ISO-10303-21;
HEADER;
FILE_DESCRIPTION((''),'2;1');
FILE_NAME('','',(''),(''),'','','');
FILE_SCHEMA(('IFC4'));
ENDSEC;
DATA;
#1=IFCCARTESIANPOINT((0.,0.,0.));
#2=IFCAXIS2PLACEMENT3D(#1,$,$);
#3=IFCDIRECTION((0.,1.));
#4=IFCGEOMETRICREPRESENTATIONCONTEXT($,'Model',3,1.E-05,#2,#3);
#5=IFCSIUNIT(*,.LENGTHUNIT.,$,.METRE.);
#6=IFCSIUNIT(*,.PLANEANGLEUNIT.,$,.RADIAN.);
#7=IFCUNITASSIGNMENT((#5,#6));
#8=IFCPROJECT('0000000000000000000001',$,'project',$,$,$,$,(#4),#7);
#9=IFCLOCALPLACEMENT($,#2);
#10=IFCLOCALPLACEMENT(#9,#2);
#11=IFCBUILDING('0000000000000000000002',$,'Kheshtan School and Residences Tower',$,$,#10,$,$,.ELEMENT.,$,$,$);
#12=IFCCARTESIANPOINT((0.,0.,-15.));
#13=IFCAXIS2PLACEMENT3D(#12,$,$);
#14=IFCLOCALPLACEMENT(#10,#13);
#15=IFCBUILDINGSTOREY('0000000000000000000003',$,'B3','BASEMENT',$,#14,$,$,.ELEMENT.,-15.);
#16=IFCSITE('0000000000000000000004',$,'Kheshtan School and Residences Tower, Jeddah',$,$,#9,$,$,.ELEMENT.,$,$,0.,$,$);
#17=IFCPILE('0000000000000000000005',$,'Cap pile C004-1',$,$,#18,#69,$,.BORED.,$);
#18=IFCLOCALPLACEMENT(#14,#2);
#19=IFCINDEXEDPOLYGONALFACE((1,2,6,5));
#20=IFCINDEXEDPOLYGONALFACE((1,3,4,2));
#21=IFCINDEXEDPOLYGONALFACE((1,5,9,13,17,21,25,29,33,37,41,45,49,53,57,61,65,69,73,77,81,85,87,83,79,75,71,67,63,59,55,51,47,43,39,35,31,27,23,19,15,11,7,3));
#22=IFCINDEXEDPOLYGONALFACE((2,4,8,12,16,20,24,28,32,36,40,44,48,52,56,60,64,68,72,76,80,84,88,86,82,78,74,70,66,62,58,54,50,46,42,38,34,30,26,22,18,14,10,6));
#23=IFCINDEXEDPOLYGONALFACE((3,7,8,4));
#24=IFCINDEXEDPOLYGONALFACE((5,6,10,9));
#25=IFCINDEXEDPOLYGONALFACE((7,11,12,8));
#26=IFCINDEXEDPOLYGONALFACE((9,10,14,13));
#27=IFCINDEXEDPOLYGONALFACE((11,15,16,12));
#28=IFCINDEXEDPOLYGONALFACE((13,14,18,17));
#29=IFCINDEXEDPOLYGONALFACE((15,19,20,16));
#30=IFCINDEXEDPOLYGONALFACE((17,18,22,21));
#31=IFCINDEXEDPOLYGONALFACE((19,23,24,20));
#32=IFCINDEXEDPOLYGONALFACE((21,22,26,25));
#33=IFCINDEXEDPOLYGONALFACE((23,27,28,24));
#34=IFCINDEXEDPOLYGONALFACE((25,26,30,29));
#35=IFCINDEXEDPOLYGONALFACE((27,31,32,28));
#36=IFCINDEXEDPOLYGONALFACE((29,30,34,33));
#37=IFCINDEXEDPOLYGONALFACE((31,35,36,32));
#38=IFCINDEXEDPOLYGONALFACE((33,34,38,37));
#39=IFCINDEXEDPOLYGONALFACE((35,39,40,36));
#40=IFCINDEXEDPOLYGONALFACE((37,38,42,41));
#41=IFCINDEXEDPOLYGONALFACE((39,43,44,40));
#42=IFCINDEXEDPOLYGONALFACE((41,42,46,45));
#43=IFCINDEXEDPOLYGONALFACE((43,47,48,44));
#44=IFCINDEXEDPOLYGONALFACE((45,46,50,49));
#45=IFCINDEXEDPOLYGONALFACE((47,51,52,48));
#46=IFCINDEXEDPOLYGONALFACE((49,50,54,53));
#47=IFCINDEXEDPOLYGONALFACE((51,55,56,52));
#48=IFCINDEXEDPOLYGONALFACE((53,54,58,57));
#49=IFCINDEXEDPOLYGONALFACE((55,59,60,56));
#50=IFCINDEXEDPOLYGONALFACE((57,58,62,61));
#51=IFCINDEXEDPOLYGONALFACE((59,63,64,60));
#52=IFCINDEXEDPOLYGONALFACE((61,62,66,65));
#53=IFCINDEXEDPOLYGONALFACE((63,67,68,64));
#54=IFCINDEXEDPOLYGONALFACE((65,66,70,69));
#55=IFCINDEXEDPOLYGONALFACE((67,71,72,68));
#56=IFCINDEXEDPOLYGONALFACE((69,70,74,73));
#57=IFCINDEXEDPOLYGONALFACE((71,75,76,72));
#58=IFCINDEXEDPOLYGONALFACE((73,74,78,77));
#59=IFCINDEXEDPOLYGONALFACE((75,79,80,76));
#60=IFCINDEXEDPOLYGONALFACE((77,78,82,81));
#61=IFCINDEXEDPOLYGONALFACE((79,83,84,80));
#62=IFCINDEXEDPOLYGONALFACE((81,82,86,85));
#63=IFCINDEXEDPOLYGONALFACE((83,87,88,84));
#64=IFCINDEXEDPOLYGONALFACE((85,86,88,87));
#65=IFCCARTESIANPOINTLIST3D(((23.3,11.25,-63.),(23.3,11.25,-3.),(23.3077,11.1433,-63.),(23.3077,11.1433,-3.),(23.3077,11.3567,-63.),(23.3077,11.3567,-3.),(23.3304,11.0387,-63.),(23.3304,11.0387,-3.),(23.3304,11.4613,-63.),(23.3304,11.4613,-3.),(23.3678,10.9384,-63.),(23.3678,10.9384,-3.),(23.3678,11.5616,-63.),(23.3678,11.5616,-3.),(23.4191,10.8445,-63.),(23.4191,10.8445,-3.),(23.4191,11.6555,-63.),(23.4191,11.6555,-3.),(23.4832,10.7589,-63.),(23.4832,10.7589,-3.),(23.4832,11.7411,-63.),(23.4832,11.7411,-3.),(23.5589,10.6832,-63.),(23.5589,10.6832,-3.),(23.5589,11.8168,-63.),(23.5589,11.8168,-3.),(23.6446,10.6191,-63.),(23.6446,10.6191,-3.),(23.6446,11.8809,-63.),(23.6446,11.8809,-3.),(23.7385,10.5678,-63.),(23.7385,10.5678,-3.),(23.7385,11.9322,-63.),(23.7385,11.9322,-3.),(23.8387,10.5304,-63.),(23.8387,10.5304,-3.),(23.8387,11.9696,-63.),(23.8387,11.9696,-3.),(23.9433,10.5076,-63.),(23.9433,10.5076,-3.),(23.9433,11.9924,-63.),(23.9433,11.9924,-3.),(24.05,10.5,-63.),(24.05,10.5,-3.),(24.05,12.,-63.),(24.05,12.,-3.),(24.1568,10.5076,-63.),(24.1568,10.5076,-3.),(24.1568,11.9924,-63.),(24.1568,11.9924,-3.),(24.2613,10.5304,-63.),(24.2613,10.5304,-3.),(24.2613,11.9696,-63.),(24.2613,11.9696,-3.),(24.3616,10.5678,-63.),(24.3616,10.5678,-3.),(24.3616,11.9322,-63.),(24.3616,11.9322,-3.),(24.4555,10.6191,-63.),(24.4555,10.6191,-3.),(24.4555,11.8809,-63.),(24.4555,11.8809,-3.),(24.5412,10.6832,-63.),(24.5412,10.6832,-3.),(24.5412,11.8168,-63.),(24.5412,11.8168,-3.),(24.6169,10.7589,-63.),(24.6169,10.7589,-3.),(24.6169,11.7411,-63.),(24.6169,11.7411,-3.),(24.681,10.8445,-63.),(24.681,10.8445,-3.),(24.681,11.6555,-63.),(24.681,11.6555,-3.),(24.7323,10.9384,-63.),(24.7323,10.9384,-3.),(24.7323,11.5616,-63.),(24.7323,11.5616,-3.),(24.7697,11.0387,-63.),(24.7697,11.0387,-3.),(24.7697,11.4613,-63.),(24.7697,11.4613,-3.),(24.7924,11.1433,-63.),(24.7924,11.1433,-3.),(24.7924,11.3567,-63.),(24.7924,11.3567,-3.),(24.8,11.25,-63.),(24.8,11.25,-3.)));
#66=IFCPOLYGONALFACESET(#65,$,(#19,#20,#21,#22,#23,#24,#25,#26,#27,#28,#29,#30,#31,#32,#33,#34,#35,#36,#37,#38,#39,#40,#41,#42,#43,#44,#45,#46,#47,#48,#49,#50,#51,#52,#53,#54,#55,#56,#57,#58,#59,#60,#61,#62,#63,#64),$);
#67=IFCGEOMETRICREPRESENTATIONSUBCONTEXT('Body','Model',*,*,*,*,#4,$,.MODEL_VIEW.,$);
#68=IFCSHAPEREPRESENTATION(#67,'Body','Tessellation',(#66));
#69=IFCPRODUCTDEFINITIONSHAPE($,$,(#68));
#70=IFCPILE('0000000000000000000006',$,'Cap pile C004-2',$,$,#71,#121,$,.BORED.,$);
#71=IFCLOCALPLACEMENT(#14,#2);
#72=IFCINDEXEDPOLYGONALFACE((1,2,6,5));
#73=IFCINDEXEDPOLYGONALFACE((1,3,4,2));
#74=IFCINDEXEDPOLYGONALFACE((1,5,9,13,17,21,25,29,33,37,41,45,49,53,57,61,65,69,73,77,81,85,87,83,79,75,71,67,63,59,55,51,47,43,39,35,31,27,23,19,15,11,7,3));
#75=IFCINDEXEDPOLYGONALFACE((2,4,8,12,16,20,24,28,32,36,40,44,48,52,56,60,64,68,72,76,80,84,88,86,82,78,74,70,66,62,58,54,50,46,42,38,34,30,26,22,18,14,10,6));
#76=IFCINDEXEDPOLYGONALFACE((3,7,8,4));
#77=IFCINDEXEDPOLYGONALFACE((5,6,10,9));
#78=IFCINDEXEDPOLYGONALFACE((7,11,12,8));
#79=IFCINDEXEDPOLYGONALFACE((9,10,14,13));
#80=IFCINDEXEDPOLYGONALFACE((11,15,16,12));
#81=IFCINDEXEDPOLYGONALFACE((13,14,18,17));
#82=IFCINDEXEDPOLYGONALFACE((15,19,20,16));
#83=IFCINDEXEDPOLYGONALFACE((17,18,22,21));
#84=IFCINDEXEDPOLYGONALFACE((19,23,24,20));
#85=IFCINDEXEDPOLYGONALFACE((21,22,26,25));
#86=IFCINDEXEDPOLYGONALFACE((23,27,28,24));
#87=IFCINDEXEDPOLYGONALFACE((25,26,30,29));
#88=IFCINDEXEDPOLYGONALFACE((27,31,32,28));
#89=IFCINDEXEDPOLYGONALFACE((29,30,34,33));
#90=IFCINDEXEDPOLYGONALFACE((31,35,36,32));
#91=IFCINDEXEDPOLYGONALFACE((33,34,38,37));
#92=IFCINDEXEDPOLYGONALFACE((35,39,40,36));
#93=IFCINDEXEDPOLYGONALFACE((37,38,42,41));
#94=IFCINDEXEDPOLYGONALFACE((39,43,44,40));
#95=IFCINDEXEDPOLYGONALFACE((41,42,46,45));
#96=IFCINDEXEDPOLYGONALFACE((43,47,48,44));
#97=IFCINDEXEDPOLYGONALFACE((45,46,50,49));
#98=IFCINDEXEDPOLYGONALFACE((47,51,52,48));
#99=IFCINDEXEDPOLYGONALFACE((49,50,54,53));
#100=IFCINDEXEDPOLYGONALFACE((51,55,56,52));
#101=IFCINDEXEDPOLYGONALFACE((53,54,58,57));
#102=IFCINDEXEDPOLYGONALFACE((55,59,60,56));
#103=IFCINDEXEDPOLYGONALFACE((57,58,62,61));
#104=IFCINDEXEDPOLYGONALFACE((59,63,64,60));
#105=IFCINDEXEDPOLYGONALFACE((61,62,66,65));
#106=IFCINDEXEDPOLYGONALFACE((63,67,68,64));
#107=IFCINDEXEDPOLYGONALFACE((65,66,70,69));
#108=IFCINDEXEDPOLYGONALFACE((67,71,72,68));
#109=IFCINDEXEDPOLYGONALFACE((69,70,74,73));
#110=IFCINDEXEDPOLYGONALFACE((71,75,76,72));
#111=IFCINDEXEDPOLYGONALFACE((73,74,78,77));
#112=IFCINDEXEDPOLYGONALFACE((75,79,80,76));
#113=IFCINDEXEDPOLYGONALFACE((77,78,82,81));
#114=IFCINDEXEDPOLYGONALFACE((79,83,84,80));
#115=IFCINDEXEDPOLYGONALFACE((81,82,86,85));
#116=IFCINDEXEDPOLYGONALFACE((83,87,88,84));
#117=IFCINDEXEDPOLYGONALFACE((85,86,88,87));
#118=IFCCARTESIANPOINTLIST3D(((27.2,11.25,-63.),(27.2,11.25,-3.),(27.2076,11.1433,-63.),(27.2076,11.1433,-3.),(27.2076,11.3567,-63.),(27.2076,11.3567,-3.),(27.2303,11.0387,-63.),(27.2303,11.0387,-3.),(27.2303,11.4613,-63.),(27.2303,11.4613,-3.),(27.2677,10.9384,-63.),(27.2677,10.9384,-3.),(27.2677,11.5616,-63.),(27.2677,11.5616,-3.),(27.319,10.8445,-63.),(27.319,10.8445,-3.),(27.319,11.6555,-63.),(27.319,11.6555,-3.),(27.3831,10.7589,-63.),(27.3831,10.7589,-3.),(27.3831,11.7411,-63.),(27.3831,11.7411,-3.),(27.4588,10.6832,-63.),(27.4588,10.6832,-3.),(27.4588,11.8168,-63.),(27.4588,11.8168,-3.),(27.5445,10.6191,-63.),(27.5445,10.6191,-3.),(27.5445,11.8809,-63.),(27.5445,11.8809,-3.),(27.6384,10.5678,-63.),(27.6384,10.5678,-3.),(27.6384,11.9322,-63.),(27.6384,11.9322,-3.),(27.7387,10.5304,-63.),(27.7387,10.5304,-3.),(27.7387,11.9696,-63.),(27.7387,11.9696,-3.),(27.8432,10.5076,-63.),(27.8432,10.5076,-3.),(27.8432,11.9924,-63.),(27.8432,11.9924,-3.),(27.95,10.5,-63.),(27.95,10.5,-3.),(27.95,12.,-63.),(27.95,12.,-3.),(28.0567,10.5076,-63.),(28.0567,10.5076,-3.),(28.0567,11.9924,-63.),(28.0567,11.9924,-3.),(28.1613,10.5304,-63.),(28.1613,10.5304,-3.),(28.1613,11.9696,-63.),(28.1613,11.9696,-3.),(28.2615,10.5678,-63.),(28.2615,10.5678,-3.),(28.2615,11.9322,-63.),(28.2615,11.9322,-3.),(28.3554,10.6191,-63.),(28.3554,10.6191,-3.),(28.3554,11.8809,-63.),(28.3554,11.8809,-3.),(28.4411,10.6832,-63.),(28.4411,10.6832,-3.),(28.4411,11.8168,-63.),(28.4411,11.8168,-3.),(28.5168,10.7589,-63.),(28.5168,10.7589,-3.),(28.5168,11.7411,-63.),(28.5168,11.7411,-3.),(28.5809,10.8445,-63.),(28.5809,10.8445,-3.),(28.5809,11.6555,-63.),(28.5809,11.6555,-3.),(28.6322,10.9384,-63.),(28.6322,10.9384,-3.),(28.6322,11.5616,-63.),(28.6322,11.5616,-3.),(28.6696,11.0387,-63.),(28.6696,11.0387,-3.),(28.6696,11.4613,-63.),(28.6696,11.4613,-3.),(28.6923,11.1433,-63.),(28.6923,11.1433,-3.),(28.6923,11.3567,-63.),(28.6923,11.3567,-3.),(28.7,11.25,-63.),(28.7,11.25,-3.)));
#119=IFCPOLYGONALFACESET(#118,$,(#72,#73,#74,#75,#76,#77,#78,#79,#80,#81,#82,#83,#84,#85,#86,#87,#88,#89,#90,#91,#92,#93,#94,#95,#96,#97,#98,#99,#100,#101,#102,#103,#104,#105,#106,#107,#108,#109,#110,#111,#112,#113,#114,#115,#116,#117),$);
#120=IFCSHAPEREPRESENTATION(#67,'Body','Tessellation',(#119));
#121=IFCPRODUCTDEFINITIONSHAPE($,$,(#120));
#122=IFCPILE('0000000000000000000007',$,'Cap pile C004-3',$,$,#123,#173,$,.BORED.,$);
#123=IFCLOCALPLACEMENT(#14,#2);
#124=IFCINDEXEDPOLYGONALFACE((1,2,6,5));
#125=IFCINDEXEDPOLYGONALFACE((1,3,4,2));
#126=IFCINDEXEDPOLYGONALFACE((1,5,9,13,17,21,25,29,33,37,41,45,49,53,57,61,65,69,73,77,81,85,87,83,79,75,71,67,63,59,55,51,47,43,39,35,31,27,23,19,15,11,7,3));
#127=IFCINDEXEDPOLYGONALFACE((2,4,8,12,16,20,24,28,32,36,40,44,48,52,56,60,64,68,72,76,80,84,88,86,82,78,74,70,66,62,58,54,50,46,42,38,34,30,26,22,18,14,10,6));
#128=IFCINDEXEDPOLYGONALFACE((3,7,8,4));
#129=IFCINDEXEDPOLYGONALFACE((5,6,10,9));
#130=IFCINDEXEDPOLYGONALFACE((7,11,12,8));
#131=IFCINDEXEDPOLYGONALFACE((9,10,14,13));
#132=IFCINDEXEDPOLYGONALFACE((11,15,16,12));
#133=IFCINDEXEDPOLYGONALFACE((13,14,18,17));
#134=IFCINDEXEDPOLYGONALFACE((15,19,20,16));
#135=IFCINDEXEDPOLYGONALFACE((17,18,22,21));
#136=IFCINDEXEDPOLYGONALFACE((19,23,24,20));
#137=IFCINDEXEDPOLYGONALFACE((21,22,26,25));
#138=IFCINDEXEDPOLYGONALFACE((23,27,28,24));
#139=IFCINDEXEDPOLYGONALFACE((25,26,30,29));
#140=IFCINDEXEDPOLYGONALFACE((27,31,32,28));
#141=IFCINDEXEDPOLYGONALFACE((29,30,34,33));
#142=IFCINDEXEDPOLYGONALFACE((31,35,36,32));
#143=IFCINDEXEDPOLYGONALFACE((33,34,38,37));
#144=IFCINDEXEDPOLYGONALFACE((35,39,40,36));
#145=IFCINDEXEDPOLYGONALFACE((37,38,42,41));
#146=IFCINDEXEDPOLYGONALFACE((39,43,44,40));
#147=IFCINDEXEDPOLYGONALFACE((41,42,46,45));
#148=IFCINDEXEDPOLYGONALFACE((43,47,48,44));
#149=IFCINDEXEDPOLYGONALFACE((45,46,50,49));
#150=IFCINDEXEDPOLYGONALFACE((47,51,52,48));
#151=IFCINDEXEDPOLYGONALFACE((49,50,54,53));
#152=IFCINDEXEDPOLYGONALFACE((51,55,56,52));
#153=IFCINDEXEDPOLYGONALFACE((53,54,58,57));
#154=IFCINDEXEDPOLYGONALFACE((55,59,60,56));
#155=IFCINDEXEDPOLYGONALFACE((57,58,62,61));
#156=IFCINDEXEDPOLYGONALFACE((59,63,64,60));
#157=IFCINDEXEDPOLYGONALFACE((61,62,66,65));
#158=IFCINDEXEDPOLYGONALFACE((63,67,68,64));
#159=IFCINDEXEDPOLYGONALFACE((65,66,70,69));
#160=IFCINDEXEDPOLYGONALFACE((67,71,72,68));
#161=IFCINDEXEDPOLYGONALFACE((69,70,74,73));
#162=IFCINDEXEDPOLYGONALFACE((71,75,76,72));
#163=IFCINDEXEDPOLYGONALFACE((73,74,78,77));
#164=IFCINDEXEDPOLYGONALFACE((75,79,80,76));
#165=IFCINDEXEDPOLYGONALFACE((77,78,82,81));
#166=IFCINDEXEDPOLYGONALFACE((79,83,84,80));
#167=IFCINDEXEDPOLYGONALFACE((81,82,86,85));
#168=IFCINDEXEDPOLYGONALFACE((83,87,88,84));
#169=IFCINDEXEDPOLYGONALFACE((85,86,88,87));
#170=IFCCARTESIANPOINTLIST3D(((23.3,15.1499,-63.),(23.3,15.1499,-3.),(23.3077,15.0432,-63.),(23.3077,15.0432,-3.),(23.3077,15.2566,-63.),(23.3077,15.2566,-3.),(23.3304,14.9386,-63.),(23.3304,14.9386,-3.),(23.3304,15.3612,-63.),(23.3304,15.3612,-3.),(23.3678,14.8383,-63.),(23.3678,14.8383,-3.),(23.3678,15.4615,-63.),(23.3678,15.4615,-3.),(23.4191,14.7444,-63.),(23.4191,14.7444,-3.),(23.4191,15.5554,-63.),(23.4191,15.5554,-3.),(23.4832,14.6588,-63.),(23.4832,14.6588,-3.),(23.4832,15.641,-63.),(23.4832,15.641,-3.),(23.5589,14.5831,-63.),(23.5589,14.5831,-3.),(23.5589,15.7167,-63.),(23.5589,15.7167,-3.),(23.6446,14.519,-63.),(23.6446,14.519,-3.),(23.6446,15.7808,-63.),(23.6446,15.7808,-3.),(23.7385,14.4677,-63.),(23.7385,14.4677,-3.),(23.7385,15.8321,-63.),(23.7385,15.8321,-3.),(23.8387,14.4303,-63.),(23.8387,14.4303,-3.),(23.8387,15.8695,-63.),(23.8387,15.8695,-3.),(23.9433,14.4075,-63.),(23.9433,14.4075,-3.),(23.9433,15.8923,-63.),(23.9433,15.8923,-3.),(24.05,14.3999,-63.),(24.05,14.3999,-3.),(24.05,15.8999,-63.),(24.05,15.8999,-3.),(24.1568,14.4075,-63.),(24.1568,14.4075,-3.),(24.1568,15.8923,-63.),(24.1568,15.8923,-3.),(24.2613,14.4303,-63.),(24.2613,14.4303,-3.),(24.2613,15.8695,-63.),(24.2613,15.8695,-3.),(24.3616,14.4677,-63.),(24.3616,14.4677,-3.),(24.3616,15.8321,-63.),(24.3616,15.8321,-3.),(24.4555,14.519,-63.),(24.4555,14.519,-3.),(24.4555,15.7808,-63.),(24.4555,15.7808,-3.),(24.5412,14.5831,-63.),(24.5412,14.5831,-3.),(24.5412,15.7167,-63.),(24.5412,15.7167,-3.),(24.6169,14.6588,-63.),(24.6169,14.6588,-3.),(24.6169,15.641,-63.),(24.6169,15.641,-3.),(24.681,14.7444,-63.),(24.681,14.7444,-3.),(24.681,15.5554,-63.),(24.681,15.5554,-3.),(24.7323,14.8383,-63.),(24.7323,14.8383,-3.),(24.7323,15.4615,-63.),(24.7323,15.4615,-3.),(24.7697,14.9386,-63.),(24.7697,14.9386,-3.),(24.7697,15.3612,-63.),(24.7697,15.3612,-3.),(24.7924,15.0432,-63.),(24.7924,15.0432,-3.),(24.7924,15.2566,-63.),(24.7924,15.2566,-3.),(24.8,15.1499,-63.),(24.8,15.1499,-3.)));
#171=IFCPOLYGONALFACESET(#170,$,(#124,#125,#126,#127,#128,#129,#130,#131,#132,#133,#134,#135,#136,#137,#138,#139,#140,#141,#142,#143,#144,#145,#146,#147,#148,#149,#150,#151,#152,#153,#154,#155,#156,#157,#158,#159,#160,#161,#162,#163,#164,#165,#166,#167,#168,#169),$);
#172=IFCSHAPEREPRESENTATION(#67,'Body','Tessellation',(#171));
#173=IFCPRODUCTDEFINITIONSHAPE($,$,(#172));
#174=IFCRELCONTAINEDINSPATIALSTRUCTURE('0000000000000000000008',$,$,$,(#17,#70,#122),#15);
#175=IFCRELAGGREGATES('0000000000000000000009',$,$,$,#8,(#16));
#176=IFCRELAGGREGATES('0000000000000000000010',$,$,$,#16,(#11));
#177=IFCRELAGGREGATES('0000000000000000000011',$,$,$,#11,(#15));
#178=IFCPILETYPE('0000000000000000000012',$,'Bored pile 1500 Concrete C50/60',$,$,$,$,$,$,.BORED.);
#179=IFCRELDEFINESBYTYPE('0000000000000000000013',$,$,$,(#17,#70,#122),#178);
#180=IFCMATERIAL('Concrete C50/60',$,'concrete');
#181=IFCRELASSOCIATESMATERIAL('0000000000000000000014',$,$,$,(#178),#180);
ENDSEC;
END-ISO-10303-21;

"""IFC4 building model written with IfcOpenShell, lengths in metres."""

from ifc_helpers import new_model, si_unit, direction, frame, origin, origin_2d, place, context, subcontext, project, spatial, circle, extrude, material, material_profile, profile_set, type_object, element, save


model = new_model("IFC4")

# Units and contexts
model_context = context("Model", 3, precision=1e-05, world=origin(), true_north=direction((0.0, 1.0)))
body_context = subcontext(model_context, "Body", "Model", "MODEL_VIEW")
ifc_project = project(units=[si_unit("LENGTHUNIT", "METRE"), si_unit("PLANEANGLEUNIT", "RADIAN")], contexts=[model_context])

# Site, building, storey
site_placement = place(None, origin())
site = spatial("IfcSite", under=ifc_project, at=site_placement, Name="Kheshtan School and Residences Tower, Jeddah", CompositionType="ELEMENT", RefElevation=0.0)
building_placement = place(site_placement, origin())
building = spatial("IfcBuilding", under=site, at=building_placement, Name="Kheshtan School and Residences Tower", CompositionType="ELEMENT")
storey_placement = place(building_placement, frame((0.0, 0.0, -15.0)))
storey = spatial("IfcBuildingStorey", under=building, at=storey_placement, Name="B3", Description="BASEMENT", CompositionType="ELEMENT", Elevation=-15.0)

# Piles
ifc_material_1 = material(Name="Concrete C50/60", Category="concrete")
ifc_material_profile_1 = material_profile(ifc_material_1, circle(Radius=0.75, at=origin_2d()), Name="BP 1500")
ifc_profile_set_1 = profile_set([ifc_material_profile_1], Name="Concrete C50/60")
pile_type_1 = type_object("IfcPileType", Name="Bored pile 1500 Concrete C50/60", PredefinedType="BORED", material=ifc_profile_set_1)
for number, where, z_axis, x_axis, name in (
    (1, (24.05, 11.25, -3.0), (0.0, 0.0, -1.0), (1.0, 0.0, 0.0), "Cap pile C004-1"),
    (2, (27.95, 11.25, -3.0), (0.0, 0.0, -1.0), (1.0, 0.0, 0.0), "Cap pile C004-2"),
    (3, (24.05, 15.1499, -3.0), (0.0, 0.0, -1.0), (1.0, 0.0, 0.0), "Cap pile C004-3"),
):
    element("IfcPile", number, at=place(storey_placement, frame(where, z_axis=z_axis, x_axis=x_axis)), inside=storey, type_object=pile_type_1, Name=name, PredefinedType="BORED", context=body_context, shape_type="SweptSolid", body=[
        extrude(circle(Radius=0.75, at=origin_2d()), origin(), (0.0, 0.0, 1.0), 60.0),
    ])

save(model, "model.ifc")
